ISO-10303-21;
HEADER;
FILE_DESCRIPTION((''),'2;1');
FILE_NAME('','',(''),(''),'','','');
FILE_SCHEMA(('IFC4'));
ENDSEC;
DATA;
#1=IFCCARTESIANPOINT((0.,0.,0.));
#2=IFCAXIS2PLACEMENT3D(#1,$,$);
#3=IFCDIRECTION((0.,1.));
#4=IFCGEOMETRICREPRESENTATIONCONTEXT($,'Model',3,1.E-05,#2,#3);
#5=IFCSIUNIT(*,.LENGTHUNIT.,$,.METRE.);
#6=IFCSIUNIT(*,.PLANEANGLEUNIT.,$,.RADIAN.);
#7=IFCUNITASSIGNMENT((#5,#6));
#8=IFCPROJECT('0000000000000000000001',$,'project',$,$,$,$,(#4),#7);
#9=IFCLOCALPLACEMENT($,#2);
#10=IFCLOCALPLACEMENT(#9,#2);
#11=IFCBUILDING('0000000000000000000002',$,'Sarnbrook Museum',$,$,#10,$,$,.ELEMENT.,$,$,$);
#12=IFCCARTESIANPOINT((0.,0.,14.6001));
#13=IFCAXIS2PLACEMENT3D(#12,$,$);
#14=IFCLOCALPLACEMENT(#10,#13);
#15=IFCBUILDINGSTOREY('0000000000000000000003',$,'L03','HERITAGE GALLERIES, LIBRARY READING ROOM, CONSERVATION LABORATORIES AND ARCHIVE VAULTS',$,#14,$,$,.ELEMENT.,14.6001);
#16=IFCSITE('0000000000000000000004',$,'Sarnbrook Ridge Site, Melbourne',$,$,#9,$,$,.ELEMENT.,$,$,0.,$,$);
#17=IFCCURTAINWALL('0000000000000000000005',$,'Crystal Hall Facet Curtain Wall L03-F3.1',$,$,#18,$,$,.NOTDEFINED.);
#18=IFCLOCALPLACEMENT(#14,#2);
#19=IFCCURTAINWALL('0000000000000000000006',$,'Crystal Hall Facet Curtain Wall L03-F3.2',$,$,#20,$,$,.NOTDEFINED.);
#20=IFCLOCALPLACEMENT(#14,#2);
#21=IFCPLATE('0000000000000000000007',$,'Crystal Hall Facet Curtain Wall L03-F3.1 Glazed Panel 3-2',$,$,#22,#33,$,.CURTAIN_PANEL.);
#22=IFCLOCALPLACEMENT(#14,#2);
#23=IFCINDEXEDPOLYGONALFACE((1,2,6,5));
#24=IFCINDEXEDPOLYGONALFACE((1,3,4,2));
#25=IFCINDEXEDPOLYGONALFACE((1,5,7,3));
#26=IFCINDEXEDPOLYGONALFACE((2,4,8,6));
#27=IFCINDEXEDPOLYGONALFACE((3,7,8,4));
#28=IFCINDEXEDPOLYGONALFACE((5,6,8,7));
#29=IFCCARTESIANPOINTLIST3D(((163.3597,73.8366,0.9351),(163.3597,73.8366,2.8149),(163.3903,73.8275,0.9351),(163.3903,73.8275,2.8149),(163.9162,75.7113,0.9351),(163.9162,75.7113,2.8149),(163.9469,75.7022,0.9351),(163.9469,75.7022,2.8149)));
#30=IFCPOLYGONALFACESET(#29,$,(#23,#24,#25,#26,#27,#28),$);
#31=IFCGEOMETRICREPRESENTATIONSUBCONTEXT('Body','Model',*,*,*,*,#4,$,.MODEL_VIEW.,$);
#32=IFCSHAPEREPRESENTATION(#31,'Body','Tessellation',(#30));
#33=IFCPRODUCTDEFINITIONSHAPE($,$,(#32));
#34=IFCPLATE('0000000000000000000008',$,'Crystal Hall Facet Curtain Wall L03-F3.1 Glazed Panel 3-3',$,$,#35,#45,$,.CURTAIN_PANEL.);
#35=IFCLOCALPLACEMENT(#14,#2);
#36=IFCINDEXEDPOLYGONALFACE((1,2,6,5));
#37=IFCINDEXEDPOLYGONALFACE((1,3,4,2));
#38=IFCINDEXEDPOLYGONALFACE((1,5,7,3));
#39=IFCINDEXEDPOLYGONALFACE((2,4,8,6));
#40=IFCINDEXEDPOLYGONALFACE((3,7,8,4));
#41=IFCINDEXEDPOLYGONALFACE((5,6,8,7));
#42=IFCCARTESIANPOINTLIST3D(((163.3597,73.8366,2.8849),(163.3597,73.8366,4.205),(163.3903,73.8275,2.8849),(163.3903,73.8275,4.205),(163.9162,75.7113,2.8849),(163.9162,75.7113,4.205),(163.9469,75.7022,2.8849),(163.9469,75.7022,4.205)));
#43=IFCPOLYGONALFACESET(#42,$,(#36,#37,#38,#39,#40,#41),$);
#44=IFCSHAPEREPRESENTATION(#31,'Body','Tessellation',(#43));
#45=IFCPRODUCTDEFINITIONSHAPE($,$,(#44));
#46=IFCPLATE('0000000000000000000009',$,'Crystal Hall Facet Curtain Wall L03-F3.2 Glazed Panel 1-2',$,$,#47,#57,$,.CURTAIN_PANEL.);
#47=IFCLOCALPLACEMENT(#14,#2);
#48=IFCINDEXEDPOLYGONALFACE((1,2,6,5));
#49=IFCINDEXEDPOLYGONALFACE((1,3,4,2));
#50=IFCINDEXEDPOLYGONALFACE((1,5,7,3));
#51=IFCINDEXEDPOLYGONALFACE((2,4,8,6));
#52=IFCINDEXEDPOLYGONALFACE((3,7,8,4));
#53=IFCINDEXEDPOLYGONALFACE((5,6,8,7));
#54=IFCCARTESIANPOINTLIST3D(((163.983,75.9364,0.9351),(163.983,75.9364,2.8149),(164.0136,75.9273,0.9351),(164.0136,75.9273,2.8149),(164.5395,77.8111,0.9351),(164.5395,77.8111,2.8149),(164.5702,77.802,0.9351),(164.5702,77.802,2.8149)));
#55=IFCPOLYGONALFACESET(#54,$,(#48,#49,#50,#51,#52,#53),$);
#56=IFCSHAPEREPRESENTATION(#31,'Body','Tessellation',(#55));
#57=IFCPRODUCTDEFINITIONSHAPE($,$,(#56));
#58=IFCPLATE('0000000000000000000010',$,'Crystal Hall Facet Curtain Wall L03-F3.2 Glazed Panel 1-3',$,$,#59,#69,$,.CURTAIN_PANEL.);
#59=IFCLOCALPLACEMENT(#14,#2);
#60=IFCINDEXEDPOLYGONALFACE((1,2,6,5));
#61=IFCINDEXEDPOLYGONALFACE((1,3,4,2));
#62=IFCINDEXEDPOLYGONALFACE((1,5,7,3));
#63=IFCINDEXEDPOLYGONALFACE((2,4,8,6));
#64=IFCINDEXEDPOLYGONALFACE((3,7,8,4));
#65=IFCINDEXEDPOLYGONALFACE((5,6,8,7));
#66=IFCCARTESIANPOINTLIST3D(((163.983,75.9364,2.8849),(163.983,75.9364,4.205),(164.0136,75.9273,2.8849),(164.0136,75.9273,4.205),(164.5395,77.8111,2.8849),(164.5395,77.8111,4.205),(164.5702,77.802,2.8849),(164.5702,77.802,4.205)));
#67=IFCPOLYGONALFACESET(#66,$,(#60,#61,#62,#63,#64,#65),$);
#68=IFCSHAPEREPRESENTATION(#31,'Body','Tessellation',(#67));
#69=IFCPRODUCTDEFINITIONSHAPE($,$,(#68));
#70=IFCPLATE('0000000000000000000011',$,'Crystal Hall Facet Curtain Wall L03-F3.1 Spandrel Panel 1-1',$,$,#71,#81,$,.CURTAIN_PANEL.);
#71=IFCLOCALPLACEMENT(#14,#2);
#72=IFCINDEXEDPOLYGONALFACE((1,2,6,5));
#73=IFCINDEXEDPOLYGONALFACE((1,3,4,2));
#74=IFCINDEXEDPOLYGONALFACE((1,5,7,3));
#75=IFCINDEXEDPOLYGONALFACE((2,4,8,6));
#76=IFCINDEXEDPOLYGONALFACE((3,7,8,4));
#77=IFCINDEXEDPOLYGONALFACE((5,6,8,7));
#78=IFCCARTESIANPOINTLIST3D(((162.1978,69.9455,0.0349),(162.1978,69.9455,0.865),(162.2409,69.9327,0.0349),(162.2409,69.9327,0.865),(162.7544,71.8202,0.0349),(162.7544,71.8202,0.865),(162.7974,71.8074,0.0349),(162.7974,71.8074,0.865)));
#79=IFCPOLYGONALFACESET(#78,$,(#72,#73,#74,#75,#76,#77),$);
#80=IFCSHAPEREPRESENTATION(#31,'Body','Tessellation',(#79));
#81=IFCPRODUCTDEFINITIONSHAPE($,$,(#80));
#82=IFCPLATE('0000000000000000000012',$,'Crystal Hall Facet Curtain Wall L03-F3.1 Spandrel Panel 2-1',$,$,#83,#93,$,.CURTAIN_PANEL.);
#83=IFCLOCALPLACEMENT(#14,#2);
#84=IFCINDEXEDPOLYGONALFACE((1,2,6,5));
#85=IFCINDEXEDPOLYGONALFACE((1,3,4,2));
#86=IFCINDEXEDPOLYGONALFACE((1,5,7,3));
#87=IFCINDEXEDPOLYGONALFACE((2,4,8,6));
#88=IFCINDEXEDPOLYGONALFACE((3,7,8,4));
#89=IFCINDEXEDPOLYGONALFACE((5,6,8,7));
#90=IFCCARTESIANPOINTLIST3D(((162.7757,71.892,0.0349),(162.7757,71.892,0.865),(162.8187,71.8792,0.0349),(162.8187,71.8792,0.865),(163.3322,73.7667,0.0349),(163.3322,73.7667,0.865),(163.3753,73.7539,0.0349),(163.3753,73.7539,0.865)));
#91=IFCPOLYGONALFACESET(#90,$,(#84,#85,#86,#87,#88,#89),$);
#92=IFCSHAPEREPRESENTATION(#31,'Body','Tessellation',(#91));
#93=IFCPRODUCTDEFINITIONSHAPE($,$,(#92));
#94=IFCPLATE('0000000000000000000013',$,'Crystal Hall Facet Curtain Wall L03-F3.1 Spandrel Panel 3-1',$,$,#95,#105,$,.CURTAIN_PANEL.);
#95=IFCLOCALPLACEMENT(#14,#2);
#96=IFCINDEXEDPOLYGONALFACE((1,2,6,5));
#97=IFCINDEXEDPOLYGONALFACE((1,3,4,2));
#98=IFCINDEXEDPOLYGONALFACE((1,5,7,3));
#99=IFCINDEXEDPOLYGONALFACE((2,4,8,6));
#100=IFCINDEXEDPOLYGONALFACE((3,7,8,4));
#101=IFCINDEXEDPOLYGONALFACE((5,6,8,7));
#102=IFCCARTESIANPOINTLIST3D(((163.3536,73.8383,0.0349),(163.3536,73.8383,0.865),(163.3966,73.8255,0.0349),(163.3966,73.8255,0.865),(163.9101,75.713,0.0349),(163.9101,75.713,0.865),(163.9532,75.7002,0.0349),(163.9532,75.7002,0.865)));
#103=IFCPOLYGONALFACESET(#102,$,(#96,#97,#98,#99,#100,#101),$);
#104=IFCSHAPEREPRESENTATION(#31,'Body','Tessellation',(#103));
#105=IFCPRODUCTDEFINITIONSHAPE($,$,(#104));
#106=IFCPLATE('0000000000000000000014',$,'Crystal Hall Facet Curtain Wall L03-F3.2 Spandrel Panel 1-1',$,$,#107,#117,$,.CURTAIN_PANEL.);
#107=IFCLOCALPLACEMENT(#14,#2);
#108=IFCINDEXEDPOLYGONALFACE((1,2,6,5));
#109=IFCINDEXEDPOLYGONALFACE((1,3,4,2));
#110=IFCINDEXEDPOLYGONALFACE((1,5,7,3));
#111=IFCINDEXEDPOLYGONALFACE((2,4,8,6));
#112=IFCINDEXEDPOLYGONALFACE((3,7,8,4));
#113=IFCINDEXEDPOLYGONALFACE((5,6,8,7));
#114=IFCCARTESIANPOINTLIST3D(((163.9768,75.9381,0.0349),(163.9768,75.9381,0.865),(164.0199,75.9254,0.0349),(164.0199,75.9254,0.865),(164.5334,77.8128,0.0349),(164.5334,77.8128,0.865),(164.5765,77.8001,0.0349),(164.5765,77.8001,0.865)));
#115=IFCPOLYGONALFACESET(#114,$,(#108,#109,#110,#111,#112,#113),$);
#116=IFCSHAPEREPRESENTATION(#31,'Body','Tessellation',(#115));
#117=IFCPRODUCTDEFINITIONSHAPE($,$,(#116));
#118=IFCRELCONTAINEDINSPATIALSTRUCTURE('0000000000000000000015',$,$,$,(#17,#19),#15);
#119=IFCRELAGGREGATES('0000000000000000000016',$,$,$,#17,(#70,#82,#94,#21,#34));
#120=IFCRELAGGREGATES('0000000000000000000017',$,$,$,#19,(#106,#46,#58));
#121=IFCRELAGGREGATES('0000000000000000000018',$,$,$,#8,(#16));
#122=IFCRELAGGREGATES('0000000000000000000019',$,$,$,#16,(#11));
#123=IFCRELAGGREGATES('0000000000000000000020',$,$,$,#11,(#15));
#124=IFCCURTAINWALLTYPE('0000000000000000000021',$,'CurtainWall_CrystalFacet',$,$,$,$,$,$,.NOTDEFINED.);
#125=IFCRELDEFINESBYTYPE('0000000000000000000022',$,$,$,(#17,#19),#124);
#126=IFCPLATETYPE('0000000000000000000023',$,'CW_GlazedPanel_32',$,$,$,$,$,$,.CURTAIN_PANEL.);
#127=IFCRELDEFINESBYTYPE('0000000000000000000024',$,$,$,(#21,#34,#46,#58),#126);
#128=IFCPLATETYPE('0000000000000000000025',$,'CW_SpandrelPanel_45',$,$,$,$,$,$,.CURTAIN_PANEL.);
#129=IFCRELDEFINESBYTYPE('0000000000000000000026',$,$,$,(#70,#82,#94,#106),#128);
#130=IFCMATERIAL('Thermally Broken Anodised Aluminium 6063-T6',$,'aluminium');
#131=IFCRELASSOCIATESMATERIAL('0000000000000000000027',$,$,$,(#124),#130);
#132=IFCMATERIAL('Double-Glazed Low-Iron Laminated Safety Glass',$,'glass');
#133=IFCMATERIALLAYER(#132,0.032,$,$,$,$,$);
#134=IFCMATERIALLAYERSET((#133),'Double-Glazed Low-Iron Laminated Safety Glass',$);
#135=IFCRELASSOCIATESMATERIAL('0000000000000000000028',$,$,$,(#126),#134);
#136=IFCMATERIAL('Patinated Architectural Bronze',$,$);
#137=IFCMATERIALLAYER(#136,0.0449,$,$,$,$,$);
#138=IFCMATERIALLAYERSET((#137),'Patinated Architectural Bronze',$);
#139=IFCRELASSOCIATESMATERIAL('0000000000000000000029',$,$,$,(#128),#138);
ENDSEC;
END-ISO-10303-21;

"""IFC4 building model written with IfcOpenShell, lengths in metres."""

from ifc_helpers import new_model, si_unit, direction, frame, origin, origin_2d, place, context, subcontext, project, spatial, rectangle, extrude, material, layer, layer_set, type_object, element, aggregate, save


model = new_model("IFC4")

# Units and contexts
model_context = context("Model", 3, precision=1e-05, world=origin(), true_north=direction((0.0, 1.0)))
body_context = subcontext(model_context, "Body", "Model", "MODEL_VIEW")
ifc_project = project(units=[si_unit("LENGTHUNIT", "METRE"), si_unit("PLANEANGLEUNIT", "RADIAN")], contexts=[model_context])

# Site, building, storey
site_placement = place(None, origin())
site = spatial("IfcSite", under=ifc_project, at=site_placement, Name="Sarnbrook Ridge Site, Melbourne", CompositionType="ELEMENT", RefElevation=0.0)
building_placement = place(site_placement, origin())
building = spatial("IfcBuilding", under=site, at=building_placement, Name="Sarnbrook Museum", CompositionType="ELEMENT")
storey_placement = place(building_placement, frame((0.0, 0.0, 14.6001)))
storey = spatial("IfcBuildingStorey", under=building, at=storey_placement, Name="L03", Description="HERITAGE GALLERIES, LIBRARY READING ROOM, CONSERVATION LABORATORIES AND ARCHIVE VAULTS", CompositionType="ELEMENT", Elevation=14.6001)

# Curtain wall
ifc_material_1 = material(Name="Thermally Broken Anodised Aluminium 6063-T6", Category="aluminium")
curtain_wall_type = type_object("IfcCurtainWallType", Name="CurtainWall_CrystalFacet", PredefinedType="NOTDEFINED", material=ifc_material_1)
curtain_wall_1_placement = place(storey_placement, origin())
curtain_wall_1 = element("IfcCurtainWall", 1, at=curtain_wall_1_placement, inside=storey, type_object=curtain_wall_type, Name="Crystal Hall Facet Curtain Wall L03-F3.1", PredefinedType="NOTDEFINED")

# Curtain wall
curtain_wall_2_placement = place(storey_placement, origin())
curtain_wall_2 = element("IfcCurtainWall", 2, at=curtain_wall_2_placement, inside=storey, type_object=curtain_wall_type, Name="Crystal Hall Facet Curtain Wall L03-F3.2", PredefinedType="NOTDEFINED")

# Plates
ifc_material_2 = material(Name="Double-Glazed Low-Iron Laminated Safety Glass", Category="glass")
ifc_layer_1 = layer(ifc_material_2, 0.032)
ifc_layer_set_1 = layer_set([ifc_layer_1], Name="Double-Glazed Low-Iron Laminated Safety Glass")
plate_type_1 = type_object("IfcPlateType", Name="CW_GlazedPanel_32", PredefinedType="CURTAIN_PANEL", material=ifc_layer_set_1)
plate_1_placement = place(storey_placement, frame((163.6379, 74.7739, 1.875), z_axis=(0.958645, -0.284603, 0.0), x_axis=(0.284603, 0.958645, 0.0)))
plate_1 = element("IfcPlate", 3, at=plate_1_placement, type_object=plate_type_1, Name="Crystal Hall Facet Curtain Wall L03-F3.1 Glazed Panel 3-2", PredefinedType="CURTAIN_PANEL", context=body_context, shape_type="SweptSolid", body=[
    extrude(rectangle(XDim=1.9556, YDim=1.8799, at=origin_2d()), origin(), (0.0, 0.0, 1.0), 0.032),
])
plate_2_placement = place(storey_placement, frame((163.6379, 74.7739, 3.5449), z_axis=(0.958645, -0.284603, 0.0), x_axis=(0.284603, 0.958645, 0.0)))
plate_2 = element("IfcPlate", 4, at=plate_2_placement, type_object=plate_type_1, Name="Crystal Hall Facet Curtain Wall L03-F3.1 Glazed Panel 3-3", PredefinedType="CURTAIN_PANEL", context=body_context, shape_type="SweptSolid", body=[
    extrude(rectangle(XDim=1.9556, YDim=1.3201, at=origin_2d()), origin(), (0.0, 0.0, 1.0), 0.032),
])
plate_3_placement = place(storey_placement, frame((164.2612, 76.8738, 1.875), z_axis=(0.958645, -0.284603, 0.0), x_axis=(0.284603, 0.958645, 0.0)))
plate_3 = element("IfcPlate", 5, at=plate_3_placement, type_object=plate_type_1, Name="Crystal Hall Facet Curtain Wall L03-F3.2 Glazed Panel 1-2", PredefinedType="CURTAIN_PANEL", context=body_context, shape_type="SweptSolid", body=[
    extrude(rectangle(XDim=1.9556, YDim=1.8799, at=origin_2d()), origin(), (0.0, 0.0, 1.0), 0.032),
])
plate_4_placement = place(storey_placement, frame((164.2612, 76.8738, 3.5449), z_axis=(0.958645, -0.284603, 0.0), x_axis=(0.284603, 0.958645, 0.0)))
plate_4 = element("IfcPlate", 6, at=plate_4_placement, type_object=plate_type_1, Name="Crystal Hall Facet Curtain Wall L03-F3.2 Glazed Panel 1-3", PredefinedType="CURTAIN_PANEL", context=body_context, shape_type="SweptSolid", body=[
    extrude(rectangle(XDim=1.9556, YDim=1.3201, at=origin_2d()), origin(), (0.0, 0.0, 1.0), 0.032),
])
ifc_material_3 = material(Name="Patinated Architectural Bronze")
ifc_layer_2 = layer(ifc_material_3, 0.0449)
ifc_layer_set_2 = layer_set([ifc_layer_2], Name="Patinated Architectural Bronze")
plate_type_2 = type_object("IfcPlateType", Name="CW_SpandrelPanel_45", PredefinedType="CURTAIN_PANEL", material=ifc_layer_set_2)
plate_5_placement = place(storey_placement, frame((162.4761, 70.8828, 0.45), z_axis=(0.958645, -0.284603, 0.0), x_axis=(0.284603, 0.958645, 0.0)))
plate_5 = element("IfcPlate", 7, at=plate_5_placement, type_object=plate_type_2, Name="Crystal Hall Facet Curtain Wall L03-F3.1 Spandrel Panel 1-1", PredefinedType="CURTAIN_PANEL", context=body_context, shape_type="SweptSolid", body=[
    extrude(rectangle(XDim=1.9556, YDim=0.8301, at=origin_2d()), origin(), (0.0, 0.0, 1.0), 0.0449),
])
plate_6_placement = place(storey_placement, frame((163.054, 72.8293, 0.45), z_axis=(0.958645, -0.284603, 0.0), x_axis=(0.284603, 0.958645, 0.0)))
plate_6 = element("IfcPlate", 8, at=plate_6_placement, type_object=plate_type_2, Name="Crystal Hall Facet Curtain Wall L03-F3.1 Spandrel Panel 2-1", PredefinedType="CURTAIN_PANEL", context=body_context, shape_type="SweptSolid", body=[
    extrude(rectangle(XDim=1.9556, YDim=0.8301, at=origin_2d()), origin(), (0.0, 0.0, 1.0), 0.0449),
])
plate_7_placement = place(storey_placement, frame((163.6318, 74.7756, 0.45), z_axis=(0.958645, -0.284603, 0.0), x_axis=(0.284603, 0.958645, 0.0)))
plate_7 = element("IfcPlate", 9, at=plate_7_placement, type_object=plate_type_2, Name="Crystal Hall Facet Curtain Wall L03-F3.1 Spandrel Panel 3-1", PredefinedType="CURTAIN_PANEL", context=body_context, shape_type="SweptSolid", body=[
    extrude(rectangle(XDim=1.9556, YDim=0.8301, at=origin_2d()), origin(), (0.0, 0.0, 1.0), 0.0449),
])
aggregate(curtain_wall_1, [plate_5, plate_6, plate_7, plate_1, plate_2])
plate_8_placement = place(storey_placement, frame((164.2551, 76.8755, 0.45), z_axis=(0.958645, -0.284603, 0.0), x_axis=(0.284603, 0.958645, 0.0)))
plate_8 = element("IfcPlate", 10, at=plate_8_placement, type_object=plate_type_2, Name="Crystal Hall Facet Curtain Wall L03-F3.2 Spandrel Panel 1-1", PredefinedType="CURTAIN_PANEL", context=body_context, shape_type="SweptSolid", body=[
    extrude(rectangle(XDim=1.9556, YDim=0.8301, at=origin_2d()), origin(), (0.0, 0.0, 1.0), 0.0449),
])
aggregate(curtain_wall_2, [plate_8, plate_3, plate_4])

save(model, "model.ifc")
